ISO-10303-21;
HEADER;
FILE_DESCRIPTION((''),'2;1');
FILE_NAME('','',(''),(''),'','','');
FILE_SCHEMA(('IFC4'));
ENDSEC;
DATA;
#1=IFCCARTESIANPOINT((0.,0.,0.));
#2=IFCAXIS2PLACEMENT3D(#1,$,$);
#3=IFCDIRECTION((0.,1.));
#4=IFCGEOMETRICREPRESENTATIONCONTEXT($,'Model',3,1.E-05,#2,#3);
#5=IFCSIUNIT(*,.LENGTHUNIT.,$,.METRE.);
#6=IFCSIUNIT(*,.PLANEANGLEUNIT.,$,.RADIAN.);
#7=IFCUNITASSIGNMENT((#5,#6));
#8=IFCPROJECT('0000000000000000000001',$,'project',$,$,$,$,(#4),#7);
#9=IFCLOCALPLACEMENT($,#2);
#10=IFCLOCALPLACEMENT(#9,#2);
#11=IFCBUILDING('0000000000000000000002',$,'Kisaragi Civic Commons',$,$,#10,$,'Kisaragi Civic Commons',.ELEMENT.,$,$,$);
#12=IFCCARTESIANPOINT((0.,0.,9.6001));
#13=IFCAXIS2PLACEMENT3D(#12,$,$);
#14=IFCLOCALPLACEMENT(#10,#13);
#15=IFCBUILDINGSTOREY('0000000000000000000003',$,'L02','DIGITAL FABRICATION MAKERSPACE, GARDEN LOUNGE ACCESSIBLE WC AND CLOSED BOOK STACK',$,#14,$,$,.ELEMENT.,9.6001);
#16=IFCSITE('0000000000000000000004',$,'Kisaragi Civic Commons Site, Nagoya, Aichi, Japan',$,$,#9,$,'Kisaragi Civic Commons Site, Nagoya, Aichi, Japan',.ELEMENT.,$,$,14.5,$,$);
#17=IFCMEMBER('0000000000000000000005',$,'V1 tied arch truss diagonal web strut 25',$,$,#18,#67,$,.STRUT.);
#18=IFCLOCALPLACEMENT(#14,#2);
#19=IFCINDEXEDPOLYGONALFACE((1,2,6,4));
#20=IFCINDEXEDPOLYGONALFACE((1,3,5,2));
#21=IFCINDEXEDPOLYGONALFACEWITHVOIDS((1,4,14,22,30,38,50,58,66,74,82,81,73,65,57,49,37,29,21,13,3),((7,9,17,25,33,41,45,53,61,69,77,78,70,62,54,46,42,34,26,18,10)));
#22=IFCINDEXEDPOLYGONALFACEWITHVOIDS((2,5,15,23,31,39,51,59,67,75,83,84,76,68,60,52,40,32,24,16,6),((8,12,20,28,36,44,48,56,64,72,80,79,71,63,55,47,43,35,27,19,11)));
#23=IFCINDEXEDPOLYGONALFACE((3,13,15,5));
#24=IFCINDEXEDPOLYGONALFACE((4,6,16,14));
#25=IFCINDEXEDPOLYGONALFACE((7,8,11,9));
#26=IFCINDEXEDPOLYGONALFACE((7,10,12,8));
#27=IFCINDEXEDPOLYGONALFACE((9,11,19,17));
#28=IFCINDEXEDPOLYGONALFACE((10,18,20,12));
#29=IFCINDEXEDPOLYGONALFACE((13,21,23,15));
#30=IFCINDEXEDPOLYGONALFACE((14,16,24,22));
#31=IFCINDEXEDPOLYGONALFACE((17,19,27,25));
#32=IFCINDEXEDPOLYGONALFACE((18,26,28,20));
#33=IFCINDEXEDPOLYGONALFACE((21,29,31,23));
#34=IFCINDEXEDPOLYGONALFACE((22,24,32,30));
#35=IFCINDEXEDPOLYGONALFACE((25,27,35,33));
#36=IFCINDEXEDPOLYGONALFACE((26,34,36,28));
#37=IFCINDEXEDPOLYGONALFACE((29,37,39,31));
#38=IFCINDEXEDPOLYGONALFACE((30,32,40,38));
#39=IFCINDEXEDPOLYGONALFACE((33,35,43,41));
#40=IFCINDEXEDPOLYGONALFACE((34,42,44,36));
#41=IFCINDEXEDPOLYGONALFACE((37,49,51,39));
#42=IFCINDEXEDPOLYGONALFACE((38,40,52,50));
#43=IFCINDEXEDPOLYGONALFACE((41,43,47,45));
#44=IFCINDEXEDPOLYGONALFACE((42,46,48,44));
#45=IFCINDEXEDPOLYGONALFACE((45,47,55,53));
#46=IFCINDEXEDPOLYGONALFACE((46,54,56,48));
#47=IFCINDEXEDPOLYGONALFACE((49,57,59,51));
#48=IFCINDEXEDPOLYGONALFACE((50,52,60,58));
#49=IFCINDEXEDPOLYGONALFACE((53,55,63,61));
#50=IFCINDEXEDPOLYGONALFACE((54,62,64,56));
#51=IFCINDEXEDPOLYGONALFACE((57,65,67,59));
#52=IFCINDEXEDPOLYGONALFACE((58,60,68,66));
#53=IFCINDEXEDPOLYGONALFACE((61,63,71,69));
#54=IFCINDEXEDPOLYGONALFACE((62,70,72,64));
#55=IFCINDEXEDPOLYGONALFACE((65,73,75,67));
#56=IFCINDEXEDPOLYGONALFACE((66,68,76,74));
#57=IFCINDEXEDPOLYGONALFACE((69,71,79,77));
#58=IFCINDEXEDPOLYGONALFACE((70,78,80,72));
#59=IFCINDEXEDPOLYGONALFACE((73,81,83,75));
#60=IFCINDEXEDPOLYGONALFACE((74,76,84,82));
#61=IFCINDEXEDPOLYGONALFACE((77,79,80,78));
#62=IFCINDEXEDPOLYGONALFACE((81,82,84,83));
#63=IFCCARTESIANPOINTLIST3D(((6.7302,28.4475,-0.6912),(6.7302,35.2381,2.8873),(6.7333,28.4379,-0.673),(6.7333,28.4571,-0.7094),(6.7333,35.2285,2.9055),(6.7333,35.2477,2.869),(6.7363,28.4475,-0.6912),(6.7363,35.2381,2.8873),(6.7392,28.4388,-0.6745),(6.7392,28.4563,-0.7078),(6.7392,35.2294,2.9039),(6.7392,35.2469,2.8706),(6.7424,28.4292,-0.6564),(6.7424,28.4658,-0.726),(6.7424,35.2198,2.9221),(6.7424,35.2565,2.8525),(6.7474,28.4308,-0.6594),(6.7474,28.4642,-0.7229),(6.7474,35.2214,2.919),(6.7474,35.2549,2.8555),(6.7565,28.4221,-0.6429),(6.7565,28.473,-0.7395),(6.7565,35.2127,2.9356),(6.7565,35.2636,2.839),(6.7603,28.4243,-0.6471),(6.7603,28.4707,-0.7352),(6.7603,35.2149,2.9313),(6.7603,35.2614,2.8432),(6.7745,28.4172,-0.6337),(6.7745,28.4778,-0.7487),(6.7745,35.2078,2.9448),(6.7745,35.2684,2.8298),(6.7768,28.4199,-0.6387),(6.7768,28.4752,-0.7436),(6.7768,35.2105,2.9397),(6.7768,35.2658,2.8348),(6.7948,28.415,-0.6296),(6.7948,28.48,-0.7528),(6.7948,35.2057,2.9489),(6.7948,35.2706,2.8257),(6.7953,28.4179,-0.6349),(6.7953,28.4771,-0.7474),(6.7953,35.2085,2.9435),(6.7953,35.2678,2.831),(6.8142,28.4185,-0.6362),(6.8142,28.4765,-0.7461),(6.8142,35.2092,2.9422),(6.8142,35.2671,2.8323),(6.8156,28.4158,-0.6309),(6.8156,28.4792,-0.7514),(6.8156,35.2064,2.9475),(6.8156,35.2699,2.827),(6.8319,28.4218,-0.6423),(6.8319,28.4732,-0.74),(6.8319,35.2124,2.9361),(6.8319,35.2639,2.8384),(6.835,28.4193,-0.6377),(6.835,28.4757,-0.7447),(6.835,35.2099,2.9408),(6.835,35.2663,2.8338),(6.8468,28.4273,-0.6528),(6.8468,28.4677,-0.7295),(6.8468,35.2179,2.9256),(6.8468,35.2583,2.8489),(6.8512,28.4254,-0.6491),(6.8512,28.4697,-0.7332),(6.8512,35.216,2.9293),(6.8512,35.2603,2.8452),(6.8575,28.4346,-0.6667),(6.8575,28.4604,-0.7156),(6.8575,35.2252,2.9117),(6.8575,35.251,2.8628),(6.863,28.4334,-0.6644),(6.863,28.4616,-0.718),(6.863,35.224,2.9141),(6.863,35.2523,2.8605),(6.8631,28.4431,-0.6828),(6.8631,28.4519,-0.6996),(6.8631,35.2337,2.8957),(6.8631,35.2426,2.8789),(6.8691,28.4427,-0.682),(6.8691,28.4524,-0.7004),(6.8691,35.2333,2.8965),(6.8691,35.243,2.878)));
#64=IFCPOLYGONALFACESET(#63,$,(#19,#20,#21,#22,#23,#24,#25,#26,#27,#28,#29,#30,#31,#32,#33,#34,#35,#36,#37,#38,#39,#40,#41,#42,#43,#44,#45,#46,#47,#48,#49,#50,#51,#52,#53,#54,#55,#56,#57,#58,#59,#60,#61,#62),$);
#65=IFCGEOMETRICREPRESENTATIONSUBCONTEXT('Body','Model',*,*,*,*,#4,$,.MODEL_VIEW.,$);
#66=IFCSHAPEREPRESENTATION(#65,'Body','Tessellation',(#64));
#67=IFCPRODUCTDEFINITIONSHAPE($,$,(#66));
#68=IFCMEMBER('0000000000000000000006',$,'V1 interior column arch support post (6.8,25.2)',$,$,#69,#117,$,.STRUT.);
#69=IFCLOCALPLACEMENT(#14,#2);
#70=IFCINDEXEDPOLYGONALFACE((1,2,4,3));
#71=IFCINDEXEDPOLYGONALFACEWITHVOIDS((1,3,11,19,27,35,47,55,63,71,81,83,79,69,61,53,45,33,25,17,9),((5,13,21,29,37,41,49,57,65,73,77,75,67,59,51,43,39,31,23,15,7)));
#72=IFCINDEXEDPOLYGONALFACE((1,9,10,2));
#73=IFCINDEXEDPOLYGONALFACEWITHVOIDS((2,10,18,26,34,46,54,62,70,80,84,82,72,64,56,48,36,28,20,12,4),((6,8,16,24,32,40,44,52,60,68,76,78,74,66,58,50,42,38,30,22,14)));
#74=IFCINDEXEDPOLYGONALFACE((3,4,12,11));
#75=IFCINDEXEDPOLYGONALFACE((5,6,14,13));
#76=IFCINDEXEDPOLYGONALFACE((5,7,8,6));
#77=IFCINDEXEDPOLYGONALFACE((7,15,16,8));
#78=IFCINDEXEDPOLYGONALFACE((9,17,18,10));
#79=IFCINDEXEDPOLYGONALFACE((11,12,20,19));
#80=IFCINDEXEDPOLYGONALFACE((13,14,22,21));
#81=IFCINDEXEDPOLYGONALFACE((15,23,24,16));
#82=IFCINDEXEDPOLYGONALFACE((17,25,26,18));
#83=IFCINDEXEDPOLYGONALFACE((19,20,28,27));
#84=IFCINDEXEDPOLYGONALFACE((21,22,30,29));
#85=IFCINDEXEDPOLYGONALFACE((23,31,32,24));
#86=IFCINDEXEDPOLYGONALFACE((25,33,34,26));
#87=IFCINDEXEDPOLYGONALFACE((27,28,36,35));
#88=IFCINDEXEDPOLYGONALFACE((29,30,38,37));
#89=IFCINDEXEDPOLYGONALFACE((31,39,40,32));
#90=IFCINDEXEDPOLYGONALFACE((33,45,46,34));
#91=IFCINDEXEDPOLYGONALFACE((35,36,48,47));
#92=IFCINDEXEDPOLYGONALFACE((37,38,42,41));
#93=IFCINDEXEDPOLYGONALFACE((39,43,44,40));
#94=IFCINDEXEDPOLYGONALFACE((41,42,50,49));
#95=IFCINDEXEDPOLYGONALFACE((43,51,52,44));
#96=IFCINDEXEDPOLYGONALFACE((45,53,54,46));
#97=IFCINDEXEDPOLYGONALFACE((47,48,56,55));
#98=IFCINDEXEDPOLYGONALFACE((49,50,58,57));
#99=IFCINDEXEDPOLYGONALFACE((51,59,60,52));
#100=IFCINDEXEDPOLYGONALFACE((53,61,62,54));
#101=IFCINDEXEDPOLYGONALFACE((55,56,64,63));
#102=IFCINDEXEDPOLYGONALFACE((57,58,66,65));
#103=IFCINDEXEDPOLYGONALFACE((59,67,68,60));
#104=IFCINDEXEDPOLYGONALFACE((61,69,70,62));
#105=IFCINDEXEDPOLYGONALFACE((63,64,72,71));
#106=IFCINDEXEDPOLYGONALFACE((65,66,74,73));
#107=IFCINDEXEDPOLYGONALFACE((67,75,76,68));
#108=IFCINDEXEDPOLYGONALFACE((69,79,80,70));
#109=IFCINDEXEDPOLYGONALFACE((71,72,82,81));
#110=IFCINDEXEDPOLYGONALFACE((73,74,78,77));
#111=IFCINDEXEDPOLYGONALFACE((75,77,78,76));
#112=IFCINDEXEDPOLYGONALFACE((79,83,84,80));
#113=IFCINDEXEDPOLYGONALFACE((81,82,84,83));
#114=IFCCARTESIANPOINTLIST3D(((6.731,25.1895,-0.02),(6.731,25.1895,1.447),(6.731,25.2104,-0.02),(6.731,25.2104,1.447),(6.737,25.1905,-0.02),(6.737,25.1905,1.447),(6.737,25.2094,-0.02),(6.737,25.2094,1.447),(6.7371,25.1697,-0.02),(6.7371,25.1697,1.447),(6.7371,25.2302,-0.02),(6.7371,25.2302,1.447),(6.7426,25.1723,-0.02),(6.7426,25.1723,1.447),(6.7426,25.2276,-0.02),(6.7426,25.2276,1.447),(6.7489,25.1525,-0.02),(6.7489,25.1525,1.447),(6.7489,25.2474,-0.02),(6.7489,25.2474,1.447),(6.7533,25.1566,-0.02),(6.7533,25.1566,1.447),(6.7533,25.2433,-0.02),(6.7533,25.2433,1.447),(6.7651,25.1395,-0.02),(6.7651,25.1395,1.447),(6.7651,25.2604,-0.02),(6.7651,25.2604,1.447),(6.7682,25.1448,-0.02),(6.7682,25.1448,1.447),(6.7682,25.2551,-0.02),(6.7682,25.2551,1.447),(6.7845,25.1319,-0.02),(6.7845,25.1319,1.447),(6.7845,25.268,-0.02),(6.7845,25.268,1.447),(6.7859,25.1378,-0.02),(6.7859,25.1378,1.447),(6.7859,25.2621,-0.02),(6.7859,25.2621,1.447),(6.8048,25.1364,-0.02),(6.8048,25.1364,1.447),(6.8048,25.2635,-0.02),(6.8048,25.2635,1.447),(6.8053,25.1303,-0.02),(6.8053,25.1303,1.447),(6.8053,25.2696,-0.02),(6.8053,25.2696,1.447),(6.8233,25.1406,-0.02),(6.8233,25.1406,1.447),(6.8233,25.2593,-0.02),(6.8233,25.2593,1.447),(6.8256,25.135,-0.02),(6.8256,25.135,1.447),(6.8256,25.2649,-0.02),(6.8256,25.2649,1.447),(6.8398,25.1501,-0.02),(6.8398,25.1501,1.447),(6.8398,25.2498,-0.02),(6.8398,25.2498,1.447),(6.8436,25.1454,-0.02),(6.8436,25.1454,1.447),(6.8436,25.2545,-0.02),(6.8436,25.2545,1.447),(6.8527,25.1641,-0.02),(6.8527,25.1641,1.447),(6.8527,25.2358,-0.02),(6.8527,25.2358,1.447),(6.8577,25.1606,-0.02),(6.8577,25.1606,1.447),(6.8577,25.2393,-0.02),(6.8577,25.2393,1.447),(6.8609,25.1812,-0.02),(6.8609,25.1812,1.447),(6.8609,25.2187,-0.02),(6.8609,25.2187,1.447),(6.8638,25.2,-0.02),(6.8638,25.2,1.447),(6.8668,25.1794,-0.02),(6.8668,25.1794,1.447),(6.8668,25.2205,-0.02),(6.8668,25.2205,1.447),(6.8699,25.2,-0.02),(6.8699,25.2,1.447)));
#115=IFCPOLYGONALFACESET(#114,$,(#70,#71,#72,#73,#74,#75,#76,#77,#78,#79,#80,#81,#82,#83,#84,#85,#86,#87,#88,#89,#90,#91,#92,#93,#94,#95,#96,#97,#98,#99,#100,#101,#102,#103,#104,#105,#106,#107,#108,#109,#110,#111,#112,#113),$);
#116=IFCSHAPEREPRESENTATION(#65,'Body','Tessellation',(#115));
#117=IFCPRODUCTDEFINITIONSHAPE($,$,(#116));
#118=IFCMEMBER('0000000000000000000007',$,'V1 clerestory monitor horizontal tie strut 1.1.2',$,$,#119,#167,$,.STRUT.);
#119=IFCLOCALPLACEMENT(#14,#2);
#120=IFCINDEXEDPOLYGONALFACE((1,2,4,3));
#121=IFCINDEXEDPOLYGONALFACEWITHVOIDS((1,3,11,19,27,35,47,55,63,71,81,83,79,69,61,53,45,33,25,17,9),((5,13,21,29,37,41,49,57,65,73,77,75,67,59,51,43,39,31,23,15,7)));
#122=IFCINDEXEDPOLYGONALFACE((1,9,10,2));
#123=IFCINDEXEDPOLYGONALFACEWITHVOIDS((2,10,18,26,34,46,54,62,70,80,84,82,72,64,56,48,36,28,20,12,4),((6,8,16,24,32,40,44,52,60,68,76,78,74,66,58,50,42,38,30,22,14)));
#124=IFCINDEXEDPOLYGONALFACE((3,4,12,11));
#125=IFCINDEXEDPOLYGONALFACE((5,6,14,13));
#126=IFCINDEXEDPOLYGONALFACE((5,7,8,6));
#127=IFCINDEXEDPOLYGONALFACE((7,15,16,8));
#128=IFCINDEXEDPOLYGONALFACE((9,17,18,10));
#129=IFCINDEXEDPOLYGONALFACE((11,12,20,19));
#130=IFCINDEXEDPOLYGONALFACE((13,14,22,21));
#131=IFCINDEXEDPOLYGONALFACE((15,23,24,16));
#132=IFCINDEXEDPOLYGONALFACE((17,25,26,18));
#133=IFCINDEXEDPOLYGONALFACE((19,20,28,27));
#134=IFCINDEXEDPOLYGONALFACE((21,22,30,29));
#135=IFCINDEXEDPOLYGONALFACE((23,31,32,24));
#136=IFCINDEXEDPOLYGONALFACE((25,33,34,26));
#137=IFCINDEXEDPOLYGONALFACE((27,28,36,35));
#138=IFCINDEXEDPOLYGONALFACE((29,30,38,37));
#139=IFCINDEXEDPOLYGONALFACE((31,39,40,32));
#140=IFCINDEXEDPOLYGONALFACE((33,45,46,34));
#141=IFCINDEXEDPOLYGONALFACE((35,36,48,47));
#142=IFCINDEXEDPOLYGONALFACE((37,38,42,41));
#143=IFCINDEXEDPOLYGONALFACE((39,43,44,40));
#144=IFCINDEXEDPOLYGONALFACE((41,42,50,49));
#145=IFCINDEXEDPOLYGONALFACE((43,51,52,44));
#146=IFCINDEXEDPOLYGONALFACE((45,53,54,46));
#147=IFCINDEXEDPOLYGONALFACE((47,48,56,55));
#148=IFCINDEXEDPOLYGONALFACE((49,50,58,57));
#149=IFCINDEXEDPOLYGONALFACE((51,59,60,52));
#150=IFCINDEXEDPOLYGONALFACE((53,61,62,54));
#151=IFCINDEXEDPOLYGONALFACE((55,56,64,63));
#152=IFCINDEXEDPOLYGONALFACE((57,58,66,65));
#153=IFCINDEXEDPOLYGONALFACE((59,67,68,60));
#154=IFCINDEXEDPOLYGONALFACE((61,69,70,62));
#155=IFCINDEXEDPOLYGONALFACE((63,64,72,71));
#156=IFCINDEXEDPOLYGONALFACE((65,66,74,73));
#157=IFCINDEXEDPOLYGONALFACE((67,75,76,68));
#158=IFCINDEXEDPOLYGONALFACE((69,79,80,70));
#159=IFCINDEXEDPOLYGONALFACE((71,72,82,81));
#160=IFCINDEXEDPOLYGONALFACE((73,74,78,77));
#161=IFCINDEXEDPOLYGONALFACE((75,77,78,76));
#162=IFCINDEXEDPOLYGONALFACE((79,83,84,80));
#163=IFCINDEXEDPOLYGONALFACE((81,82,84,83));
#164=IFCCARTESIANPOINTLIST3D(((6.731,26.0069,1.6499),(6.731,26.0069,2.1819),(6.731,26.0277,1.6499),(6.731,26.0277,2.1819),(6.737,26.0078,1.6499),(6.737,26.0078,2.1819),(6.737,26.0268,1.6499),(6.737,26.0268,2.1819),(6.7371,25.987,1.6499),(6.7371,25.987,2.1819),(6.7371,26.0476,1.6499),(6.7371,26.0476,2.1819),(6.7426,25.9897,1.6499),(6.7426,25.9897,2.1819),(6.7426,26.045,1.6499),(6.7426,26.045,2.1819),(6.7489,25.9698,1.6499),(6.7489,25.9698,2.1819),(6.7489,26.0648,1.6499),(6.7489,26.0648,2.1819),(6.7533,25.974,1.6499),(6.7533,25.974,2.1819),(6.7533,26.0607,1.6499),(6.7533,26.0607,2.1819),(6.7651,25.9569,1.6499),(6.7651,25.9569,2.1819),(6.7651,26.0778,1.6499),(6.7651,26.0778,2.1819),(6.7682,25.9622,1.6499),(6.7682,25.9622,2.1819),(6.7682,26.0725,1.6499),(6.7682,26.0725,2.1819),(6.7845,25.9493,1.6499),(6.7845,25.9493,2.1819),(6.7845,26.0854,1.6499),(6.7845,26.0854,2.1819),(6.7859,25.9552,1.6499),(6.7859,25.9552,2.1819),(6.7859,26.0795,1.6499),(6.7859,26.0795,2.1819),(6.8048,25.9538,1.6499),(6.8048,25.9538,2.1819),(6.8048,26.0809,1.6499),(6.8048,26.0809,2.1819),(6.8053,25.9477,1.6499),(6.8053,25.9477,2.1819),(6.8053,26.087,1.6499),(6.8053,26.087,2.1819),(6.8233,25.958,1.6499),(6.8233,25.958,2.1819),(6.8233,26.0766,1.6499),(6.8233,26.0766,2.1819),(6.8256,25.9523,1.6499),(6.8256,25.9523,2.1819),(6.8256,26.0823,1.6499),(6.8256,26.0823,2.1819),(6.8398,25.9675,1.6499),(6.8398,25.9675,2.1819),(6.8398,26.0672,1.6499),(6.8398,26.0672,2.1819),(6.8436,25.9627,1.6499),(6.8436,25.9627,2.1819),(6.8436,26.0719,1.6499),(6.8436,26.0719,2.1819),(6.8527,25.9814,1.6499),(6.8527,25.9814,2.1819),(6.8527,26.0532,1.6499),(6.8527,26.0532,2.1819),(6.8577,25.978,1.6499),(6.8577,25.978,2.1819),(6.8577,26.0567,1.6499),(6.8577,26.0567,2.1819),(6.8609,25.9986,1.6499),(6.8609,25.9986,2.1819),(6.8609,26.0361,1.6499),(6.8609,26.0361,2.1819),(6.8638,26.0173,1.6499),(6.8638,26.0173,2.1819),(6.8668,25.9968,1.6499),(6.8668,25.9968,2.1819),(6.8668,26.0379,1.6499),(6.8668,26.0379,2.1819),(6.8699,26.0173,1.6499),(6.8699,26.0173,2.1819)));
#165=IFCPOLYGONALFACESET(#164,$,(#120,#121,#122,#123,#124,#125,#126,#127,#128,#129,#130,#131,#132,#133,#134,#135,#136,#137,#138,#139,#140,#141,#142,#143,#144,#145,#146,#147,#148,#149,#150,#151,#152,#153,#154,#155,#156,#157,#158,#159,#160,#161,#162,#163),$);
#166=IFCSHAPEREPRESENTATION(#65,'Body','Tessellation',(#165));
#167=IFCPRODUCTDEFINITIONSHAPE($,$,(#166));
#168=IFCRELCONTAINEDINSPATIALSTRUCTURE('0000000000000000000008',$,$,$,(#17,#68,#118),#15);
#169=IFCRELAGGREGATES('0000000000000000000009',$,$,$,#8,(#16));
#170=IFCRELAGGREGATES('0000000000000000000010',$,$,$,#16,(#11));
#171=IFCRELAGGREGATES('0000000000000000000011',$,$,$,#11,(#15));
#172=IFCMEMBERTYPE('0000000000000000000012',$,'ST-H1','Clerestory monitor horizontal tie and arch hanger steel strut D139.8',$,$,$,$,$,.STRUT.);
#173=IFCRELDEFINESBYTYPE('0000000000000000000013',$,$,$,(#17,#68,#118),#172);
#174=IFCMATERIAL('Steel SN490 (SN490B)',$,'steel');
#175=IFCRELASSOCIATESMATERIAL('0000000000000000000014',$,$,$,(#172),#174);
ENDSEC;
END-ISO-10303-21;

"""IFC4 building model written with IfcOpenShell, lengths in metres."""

from ifc_helpers import new_model, si_unit, direction, frame, origin, origin_2d, place, context, subcontext, project, spatial, hollow_circle, extrude, material, material_profile, profile_set, type_object, element, save


model = new_model("IFC4")

# Units and contexts
model_context = context("Model", 3, precision=1e-05, world=origin(), true_north=direction((0.0, 1.0)))
body_context = subcontext(model_context, "Body", "Model", "MODEL_VIEW")
ifc_project = project(units=[si_unit("LENGTHUNIT", "METRE"), si_unit("PLANEANGLEUNIT", "RADIAN")], contexts=[model_context])

# Site, building, storey
site_placement = place(None, origin())
site = spatial("IfcSite", under=ifc_project, at=site_placement, Name="Kisaragi Civic Commons Site, Nagoya, Aichi, Japan", LongName="Kisaragi Civic Commons Site, Nagoya, Aichi, Japan", CompositionType="ELEMENT", RefElevation=14.5)
building_placement = place(site_placement, origin())
building = spatial("IfcBuilding", under=site, at=building_placement, Name="Kisaragi Civic Commons", LongName="Kisaragi Civic Commons", CompositionType="ELEMENT")
storey_placement = place(building_placement, frame((0.0, 0.0, 9.6001)))
storey = spatial("IfcBuildingStorey", under=building, at=storey_placement, Name="L02", Description="DIGITAL FABRICATION MAKERSPACE, GARDEN LOUNGE ACCESSIBLE WC AND CLOSED BOOK STACK", CompositionType="ELEMENT", Elevation=9.6001)

# Members
ifc_material_1 = material(Name="Steel SN490 (SN490B)", Category="steel")
ifc_material_profile_1 = material_profile(ifc_material_1, hollow_circle(Radius=0.0698, WallThickness=0.0061, at=origin_2d()), Name="CHS-139.8x6.0", Category="steel")
ifc_profile_set_1 = profile_set([ifc_material_profile_1], Name="Steel SN490 (SN490B)")
member_type_1 = type_object("IfcMemberType", Name="ST-H1", Description="Clerestory monitor horizontal tie and arch hanger steel strut D139.8", PredefinedType="STRUT", material=ifc_profile_set_1)
member_1_placement = place(storey_placement, frame((6.8, 28.4475, -0.6912), z_axis=(0.0, 0.884681, 0.466196), x_axis=(-1.0, 0.0, 0.0)))
element("IfcMember", 1, at=member_1_placement, inside=storey, type_object=member_type_1, Name="V1 tied arch truss diagonal web strut 25", PredefinedType="STRUT", context=body_context, shape_type="SweptSolid", body=[
    extrude(hollow_circle(Radius=0.0698, WallThickness=0.0061, at=origin_2d()), origin(), (0.0, 0.0, 1.0), 7.6758),
])
member_2_placement = place(storey_placement, frame((6.8, 25.2, -0.02), z_axis=(0.0, 0.0, 1.0), x_axis=(1.0, 0.0, 0.0)))
element("IfcMember", 2, at=member_2_placement, inside=storey, type_object=member_type_1, Name="V1 interior column arch support post (6.8,25.2)", PredefinedType="STRUT", context=body_context, shape_type="SweptSolid", body=[
    extrude(hollow_circle(Radius=0.0698, WallThickness=0.0061, at=origin_2d()), origin(), (0.0, 0.0, 1.0), 1.467),
])
member_3_placement = place(storey_placement, frame((6.8, 26.0173, 1.6499), z_axis=(0.0, 0.0, 1.0), x_axis=(1.0, 0.0, 0.0)))
element("IfcMember", 3, at=member_3_placement, inside=storey, type_object=member_type_1, Name="V1 clerestory monitor horizontal tie strut 1.1.2", PredefinedType="STRUT", context=body_context, shape_type="SweptSolid", body=[
    extrude(hollow_circle(Radius=0.0698, WallThickness=0.0061, at=origin_2d()), origin(), (0.0, 0.0, 1.0), 0.532),
])

save(model, "model.ifc")
